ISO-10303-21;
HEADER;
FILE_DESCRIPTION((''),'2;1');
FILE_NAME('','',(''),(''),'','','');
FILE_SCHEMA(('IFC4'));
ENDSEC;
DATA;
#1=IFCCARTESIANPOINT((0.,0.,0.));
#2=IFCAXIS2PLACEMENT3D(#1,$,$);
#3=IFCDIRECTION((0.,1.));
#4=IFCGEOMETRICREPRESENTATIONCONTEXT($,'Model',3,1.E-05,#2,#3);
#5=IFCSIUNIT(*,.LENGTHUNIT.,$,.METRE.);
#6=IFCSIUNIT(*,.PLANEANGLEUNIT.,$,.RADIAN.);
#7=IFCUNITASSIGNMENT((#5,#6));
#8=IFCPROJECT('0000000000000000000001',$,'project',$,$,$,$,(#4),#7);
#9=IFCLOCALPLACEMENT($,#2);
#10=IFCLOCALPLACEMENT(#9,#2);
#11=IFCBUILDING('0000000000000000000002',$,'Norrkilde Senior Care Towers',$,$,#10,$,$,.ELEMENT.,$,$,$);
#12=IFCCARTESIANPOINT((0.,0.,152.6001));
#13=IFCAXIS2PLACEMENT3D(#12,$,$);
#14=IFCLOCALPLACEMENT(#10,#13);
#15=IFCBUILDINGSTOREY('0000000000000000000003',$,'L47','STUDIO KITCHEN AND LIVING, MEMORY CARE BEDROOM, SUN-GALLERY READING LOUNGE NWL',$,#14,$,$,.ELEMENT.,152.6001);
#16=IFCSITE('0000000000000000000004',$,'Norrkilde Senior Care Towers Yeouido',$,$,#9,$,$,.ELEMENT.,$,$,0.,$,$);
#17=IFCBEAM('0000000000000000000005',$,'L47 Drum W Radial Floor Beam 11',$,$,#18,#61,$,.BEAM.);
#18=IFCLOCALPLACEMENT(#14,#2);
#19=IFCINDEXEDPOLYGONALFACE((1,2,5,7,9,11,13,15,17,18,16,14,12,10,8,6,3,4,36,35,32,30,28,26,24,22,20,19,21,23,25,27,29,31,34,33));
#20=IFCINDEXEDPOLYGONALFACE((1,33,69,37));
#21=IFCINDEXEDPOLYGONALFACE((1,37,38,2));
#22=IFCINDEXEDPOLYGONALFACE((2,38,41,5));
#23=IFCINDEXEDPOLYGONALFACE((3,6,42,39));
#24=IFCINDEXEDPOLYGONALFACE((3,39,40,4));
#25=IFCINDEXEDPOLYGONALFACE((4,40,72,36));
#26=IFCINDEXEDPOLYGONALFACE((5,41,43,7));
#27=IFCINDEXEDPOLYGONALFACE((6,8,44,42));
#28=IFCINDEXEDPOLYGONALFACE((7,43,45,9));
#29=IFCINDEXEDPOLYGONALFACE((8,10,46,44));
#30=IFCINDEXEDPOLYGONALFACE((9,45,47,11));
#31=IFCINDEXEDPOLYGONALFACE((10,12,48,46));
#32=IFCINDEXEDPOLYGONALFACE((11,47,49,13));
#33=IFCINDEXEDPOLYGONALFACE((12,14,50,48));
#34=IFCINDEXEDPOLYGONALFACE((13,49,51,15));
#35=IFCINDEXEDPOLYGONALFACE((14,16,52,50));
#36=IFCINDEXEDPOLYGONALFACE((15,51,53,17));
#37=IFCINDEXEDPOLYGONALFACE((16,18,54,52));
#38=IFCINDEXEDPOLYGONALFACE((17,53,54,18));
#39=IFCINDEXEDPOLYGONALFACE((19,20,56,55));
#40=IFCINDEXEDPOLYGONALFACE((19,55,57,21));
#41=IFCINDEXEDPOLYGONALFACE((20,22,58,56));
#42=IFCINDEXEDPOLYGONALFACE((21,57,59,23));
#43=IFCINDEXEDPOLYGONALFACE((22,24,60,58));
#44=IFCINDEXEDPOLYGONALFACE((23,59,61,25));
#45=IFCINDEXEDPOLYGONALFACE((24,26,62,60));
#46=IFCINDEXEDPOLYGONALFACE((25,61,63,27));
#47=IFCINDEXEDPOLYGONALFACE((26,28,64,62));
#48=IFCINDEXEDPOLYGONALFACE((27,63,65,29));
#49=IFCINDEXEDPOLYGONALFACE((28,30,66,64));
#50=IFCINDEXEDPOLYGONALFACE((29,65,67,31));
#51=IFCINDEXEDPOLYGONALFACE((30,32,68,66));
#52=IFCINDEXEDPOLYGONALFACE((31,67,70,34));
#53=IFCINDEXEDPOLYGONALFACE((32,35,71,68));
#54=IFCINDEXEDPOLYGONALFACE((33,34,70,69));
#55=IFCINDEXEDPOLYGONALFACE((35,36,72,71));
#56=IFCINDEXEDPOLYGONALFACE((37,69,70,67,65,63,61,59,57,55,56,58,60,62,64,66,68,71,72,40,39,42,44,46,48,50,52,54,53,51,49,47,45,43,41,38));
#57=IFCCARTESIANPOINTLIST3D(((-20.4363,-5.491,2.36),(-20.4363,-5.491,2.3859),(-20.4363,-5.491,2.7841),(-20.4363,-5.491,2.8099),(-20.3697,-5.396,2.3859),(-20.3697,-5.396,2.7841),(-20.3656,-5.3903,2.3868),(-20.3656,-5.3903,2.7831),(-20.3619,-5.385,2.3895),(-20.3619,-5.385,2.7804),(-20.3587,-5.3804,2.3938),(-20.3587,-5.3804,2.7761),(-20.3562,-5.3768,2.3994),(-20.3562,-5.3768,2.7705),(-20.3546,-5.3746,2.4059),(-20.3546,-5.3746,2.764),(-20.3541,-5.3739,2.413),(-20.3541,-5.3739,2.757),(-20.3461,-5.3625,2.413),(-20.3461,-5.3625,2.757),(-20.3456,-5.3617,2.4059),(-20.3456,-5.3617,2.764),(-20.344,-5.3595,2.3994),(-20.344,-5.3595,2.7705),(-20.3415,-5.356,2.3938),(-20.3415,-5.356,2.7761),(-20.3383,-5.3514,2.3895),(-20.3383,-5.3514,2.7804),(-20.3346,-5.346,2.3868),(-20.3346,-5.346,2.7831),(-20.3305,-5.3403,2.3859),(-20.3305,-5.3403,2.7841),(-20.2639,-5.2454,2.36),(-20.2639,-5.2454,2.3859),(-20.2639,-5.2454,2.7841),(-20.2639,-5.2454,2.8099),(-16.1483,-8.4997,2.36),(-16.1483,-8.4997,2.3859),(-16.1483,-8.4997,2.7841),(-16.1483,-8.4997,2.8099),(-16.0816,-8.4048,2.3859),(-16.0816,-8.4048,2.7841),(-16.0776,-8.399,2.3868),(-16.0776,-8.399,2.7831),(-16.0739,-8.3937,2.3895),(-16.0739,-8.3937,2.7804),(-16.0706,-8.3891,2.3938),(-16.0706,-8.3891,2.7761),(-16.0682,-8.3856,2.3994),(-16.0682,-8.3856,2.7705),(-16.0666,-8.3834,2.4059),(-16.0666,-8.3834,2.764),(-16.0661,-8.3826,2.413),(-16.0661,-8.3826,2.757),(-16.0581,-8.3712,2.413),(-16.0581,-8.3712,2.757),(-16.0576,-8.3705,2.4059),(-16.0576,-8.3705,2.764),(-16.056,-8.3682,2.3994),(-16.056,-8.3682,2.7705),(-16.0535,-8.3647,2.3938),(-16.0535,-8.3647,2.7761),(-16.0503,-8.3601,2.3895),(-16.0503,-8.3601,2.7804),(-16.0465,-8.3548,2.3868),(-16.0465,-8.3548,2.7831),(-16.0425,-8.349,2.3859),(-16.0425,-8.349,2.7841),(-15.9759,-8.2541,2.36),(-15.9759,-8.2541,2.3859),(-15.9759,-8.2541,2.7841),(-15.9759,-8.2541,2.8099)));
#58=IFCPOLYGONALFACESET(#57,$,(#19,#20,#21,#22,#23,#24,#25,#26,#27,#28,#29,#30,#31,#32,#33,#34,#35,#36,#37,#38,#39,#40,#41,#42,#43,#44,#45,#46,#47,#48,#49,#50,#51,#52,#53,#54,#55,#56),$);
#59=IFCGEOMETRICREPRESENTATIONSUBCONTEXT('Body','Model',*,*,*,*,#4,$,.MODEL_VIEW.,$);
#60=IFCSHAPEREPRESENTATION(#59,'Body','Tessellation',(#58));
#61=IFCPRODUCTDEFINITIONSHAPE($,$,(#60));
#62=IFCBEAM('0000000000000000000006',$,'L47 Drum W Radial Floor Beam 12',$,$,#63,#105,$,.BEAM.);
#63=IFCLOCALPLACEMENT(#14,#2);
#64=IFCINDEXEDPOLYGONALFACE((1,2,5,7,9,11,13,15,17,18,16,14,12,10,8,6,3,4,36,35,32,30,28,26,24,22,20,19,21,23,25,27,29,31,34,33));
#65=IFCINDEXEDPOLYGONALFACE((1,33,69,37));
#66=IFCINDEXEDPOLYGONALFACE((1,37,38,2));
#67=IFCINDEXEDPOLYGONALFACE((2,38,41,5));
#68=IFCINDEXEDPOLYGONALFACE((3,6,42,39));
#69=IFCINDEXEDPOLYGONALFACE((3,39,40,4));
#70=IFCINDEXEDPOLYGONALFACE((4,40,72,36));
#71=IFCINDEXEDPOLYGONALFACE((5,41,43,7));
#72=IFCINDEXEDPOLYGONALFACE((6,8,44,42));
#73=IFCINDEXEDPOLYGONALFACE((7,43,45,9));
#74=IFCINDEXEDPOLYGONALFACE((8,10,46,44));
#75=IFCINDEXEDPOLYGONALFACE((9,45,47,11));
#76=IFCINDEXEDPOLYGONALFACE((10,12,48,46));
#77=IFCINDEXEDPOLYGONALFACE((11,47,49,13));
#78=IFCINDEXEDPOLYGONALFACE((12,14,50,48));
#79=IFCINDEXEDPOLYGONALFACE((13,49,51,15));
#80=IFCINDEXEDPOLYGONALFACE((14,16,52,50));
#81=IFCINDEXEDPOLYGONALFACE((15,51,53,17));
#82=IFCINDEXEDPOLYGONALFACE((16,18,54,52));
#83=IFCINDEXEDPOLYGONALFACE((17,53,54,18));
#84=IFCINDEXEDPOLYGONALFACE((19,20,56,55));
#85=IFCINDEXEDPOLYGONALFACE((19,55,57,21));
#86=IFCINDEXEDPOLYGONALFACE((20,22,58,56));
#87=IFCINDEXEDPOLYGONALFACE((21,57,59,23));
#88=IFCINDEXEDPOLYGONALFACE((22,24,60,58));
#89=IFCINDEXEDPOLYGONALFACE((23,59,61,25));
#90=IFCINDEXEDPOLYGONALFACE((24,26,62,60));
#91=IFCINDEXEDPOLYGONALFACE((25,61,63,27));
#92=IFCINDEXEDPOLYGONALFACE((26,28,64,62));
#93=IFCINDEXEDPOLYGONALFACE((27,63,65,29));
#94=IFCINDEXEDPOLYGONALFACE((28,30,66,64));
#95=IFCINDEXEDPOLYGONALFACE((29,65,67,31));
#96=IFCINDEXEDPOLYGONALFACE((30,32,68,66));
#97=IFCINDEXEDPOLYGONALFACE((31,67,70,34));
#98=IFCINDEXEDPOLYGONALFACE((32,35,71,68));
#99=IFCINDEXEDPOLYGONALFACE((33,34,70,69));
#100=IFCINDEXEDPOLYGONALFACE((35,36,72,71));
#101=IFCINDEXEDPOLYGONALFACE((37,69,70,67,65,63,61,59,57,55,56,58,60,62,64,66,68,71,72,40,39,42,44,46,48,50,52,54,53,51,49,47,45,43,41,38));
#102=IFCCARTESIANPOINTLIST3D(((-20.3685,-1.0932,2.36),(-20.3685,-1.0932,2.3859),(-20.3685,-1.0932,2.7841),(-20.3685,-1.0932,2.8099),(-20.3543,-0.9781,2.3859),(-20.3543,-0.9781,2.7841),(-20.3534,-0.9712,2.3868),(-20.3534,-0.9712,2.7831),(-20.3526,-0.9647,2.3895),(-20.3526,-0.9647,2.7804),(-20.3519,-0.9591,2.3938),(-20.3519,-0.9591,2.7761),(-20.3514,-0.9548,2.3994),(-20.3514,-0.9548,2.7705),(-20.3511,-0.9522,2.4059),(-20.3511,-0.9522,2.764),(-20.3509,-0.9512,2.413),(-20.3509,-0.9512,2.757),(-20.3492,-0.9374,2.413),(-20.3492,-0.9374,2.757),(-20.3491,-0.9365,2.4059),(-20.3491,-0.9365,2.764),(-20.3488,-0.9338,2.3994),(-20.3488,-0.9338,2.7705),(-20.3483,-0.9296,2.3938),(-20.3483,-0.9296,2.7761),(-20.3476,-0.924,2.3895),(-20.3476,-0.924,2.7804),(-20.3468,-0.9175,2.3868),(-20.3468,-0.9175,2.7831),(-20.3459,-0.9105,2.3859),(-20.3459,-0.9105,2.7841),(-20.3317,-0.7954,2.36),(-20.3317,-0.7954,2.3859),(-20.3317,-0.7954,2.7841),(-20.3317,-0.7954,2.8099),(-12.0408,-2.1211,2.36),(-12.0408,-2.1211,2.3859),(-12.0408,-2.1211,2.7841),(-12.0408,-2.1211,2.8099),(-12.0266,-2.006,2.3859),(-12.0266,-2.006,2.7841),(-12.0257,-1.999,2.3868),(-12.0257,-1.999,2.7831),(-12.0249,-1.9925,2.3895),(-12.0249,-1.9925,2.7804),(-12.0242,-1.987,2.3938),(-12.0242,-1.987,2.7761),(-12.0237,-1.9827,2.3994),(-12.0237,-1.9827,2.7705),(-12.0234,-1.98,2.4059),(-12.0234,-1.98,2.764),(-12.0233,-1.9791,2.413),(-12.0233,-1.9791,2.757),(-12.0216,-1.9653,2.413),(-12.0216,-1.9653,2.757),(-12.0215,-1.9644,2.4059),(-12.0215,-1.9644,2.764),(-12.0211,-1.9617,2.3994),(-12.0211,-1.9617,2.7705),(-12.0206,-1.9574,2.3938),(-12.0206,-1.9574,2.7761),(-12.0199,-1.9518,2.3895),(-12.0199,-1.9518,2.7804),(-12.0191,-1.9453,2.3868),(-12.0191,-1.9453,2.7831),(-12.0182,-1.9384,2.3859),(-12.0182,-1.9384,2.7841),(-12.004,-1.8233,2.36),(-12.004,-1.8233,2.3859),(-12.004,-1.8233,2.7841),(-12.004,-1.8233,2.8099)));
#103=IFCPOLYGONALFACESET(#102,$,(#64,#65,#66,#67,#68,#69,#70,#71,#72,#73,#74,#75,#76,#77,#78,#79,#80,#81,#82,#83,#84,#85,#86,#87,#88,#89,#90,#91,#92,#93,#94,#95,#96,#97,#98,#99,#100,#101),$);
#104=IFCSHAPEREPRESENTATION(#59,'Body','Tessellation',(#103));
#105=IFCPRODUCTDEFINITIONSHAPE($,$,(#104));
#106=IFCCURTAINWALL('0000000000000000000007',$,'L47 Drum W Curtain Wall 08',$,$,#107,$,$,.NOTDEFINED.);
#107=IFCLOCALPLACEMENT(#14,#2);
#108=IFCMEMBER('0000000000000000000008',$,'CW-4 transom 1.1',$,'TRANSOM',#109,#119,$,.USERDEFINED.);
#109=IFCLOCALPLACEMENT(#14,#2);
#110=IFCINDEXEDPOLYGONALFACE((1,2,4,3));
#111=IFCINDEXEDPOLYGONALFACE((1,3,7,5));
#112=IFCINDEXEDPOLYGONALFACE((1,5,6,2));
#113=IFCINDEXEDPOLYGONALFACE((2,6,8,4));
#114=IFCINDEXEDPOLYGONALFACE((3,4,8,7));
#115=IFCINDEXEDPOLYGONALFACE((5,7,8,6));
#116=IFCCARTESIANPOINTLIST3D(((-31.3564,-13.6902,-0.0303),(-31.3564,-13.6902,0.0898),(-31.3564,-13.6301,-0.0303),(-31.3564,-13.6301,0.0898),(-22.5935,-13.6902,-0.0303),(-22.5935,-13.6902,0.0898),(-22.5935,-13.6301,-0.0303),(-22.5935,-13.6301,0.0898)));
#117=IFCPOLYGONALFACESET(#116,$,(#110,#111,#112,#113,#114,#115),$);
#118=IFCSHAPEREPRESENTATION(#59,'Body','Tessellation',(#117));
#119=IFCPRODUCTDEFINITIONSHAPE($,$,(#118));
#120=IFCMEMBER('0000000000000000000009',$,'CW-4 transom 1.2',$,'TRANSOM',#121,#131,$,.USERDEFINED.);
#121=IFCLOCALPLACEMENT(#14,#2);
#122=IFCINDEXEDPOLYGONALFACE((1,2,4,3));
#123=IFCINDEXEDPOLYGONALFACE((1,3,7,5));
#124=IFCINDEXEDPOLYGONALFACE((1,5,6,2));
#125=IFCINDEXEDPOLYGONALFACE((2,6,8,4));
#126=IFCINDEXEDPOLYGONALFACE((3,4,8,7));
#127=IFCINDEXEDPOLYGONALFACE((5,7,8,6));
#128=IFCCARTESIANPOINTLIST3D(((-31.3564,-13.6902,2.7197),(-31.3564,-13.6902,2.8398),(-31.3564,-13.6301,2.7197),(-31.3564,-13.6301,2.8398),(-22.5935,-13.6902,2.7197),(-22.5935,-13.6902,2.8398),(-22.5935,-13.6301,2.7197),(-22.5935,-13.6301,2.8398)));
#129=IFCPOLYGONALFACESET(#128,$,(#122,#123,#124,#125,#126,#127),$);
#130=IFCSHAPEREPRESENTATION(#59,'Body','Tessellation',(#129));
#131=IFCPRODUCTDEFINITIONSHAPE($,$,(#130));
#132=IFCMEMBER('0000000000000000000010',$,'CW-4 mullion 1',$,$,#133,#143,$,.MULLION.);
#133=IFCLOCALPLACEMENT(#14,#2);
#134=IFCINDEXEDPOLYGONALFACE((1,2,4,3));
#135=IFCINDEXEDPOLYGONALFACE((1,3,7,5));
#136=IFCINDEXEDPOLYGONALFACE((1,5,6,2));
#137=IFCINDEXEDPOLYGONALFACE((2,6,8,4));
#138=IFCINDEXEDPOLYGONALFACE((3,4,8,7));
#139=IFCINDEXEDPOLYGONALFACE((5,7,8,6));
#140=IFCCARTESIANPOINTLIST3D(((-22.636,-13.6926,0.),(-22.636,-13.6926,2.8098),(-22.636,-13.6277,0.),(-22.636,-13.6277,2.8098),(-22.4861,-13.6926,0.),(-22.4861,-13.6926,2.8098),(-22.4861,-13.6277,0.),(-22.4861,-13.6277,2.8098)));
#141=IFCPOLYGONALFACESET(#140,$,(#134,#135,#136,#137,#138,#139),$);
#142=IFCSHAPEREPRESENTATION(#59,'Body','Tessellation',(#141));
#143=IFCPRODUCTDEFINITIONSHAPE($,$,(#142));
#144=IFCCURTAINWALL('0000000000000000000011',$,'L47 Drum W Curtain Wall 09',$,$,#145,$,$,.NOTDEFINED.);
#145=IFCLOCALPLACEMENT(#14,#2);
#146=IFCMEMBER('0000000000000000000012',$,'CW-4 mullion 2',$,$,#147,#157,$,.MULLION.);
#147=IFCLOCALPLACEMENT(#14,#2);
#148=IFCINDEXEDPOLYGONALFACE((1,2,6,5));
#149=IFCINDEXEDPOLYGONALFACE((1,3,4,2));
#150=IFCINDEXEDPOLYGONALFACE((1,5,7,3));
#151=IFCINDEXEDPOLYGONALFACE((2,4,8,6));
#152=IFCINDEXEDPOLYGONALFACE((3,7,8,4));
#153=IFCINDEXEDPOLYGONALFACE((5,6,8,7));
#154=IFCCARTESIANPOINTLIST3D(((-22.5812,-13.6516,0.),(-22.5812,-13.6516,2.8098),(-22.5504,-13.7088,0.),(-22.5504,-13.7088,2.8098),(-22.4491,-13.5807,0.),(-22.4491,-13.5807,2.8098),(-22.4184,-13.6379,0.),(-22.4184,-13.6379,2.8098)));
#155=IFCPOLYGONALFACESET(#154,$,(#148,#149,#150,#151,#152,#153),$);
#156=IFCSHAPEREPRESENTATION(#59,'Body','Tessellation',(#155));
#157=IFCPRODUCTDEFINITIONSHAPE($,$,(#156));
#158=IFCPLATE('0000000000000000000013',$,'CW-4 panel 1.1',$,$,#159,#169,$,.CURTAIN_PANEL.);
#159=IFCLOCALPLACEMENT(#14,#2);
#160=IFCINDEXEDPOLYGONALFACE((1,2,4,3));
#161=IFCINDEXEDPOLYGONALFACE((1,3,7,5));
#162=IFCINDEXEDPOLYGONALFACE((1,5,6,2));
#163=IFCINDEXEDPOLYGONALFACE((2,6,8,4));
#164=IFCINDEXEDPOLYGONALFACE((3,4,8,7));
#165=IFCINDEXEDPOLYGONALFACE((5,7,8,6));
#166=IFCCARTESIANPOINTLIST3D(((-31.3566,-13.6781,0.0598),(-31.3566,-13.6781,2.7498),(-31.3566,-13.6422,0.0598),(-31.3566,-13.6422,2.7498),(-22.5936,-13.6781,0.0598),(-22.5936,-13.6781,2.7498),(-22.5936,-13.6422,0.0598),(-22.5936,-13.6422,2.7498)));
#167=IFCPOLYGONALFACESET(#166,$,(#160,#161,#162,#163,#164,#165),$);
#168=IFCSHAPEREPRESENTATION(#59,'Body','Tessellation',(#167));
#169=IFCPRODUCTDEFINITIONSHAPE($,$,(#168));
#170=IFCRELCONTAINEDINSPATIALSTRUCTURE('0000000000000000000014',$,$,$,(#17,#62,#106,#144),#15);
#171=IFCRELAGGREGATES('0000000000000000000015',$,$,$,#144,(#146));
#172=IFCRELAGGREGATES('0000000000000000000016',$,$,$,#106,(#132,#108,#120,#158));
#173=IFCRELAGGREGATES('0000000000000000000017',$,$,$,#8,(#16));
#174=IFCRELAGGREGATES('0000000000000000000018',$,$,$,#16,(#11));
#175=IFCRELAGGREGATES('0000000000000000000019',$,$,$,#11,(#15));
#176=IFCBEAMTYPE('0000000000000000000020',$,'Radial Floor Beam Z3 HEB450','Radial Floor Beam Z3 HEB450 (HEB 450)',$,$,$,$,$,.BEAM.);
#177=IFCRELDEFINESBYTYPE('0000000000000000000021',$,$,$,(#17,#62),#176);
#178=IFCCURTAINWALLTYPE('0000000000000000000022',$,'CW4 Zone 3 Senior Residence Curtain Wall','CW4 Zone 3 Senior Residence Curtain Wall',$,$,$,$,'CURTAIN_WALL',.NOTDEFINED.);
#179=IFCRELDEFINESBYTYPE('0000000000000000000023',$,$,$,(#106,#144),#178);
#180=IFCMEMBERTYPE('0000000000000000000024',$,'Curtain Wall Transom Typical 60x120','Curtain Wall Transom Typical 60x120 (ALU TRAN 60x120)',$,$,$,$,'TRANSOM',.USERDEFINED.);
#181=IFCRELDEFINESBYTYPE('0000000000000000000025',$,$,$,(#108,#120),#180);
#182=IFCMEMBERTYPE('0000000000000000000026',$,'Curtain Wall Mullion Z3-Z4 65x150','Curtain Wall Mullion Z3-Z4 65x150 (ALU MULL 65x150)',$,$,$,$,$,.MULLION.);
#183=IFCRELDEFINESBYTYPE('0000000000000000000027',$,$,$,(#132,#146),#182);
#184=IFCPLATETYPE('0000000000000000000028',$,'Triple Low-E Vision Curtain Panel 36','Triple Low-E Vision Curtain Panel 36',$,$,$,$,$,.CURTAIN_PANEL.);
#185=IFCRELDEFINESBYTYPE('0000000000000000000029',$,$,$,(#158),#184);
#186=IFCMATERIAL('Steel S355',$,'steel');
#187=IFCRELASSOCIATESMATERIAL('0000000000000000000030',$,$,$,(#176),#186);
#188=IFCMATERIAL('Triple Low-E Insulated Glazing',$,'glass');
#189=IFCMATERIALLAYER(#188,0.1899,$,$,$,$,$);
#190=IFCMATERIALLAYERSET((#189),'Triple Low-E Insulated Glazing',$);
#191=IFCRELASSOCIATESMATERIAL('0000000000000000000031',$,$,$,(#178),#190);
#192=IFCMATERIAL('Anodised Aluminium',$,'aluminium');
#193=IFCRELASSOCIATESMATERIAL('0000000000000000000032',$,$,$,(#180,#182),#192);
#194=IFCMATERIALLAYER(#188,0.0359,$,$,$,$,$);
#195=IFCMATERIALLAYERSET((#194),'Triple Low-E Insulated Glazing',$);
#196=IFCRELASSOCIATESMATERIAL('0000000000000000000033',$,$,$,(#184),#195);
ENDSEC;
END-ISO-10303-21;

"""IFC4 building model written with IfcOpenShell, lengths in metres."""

from ifc_helpers import new_model, si_unit, direction, frame, origin, origin_2d, place, context, subcontext, project, spatial, rectangle, i_section, extrude, source, transform, mapped, material, layer, layer_set, material_profile, profile_set, type_object, type_shapes, element, aggregate, save


model = new_model("IFC4")

# Units and contexts
model_context = context("Model", 3, precision=1e-05, world=origin(), true_north=direction((0.0, 1.0)))
body_context = subcontext(model_context, "Body", "Model", "MODEL_VIEW")
ifc_project = project(units=[si_unit("LENGTHUNIT", "METRE"), si_unit("PLANEANGLEUNIT", "RADIAN")], contexts=[model_context])

# Site, building, storey
site_placement = place(None, origin())
site = spatial("IfcSite", under=ifc_project, at=site_placement, Name="Norrkilde Senior Care Towers Yeouido", CompositionType="ELEMENT", RefElevation=0.0)
building_placement = place(site_placement, origin())
building = spatial("IfcBuilding", under=site, at=building_placement, Name="Norrkilde Senior Care Towers", CompositionType="ELEMENT")
storey_placement = place(building_placement, frame((0.0, 0.0, 152.6001)))
storey = spatial("IfcBuildingStorey", under=building, at=storey_placement, Name="L47", Description="STUDIO KITCHEN AND LIVING, MEMORY CARE BEDROOM, SUN-GALLERY READING LOUNGE NWL", CompositionType="ELEMENT", Elevation=152.6001)

# Beams
ifc_material_1 = material(Name="Steel S355", Category="steel")
ifc_material_profile_1 = material_profile(ifc_material_1, i_section(OverallWidth=0.3, OverallDepth=0.45, WebThickness=0.0139, FlangeThickness=0.0259, FilletRadius=0.0271, at=origin_2d()), Name="HEB 450")
ifc_profile_set_1 = profile_set([ifc_material_profile_1], Name="Steel S355")
beam_type_1 = type_object("IfcBeamType", Name="Radial Floor Beam Z3 HEB450", Description="Radial Floor Beam Z3 HEB450 (HEB 450)", PredefinedType="BEAM", material=ifc_profile_set_1)
shared_shape_1 = source(origin(), body_context, "Body", "SweptSolid", [
    extrude(i_section(OverallWidth=0.3, OverallDepth=0.45, WebThickness=0.0139, FlangeThickness=0.0259, FilletRadius=0.0271, at=origin_2d()), origin(), (0.0, 0.0, 1.0), 5.2383),
])
beam_1_placement = place(storey_placement, frame((-20.3501, -5.3682, 2.585), z_axis=(0.818592, -0.574375, 0.0), x_axis=(0.574375, 0.818592, 0.0)))
element("IfcBeam", 1, at=beam_1_placement, inside=storey, type_object=beam_type_1, Name="L47 Drum W Radial Floor Beam 11", PredefinedType="BEAM", context=body_context, shape_type="MappedRepresentation", body=[
    mapped(shared_shape_1, transform((0.0, 0.0, 0.0), x_axis=(1.0, 0.0, 0.0), y_axis=(0.0, 1.0, 0.0), z_axis=(0.0, 0.0, 1.0), scale=1.0)),
])
shared_shape_2 = source(origin(), body_context, "Body", "SweptSolid", [
    extrude(i_section(OverallWidth=0.3, OverallDepth=0.45, WebThickness=0.0139, FlangeThickness=0.0259, FilletRadius=0.0271, at=origin_2d()), origin(), (0.0, 0.0, 1.0), 8.3909),
])
beam_2_placement = place(storey_placement, frame((-20.3501, -0.9443, 2.585), z_axis=(0.992469, -0.122495, 0.0), x_axis=(0.122495, 0.992469, 0.0)))
element("IfcBeam", 2, at=beam_2_placement, inside=storey, type_object=beam_type_1, Name="L47 Drum W Radial Floor Beam 12", PredefinedType="BEAM", context=body_context, shape_type="MappedRepresentation", body=[
    mapped(shared_shape_2, transform((0.0, 0.0, 0.0), x_axis=(1.0, 0.0, 0.0), y_axis=(0.0, 1.0, 0.0), z_axis=(0.0, 0.0, 1.0), scale=1.0)),
])

# Curtain wall, members
ifc_material_2 = material(Name="Triple Low-E Insulated Glazing", Category="glass")
ifc_layer_1 = layer(ifc_material_2, 0.1899)
ifc_layer_set_1 = layer_set([ifc_layer_1], Name="Triple Low-E Insulated Glazing")
curtain_wall_type = type_object("IfcCurtainWallType", Name="CW4 Zone 3 Senior Residence Curtain Wall", Description="CW4 Zone 3 Senior Residence Curtain Wall", ElementType="CURTAIN_WALL", PredefinedType="NOTDEFINED", material=ifc_layer_set_1)
curtain_wall_1_placement = place(storey_placement, origin())
curtain_wall_1 = element("IfcCurtainWall", 3, at=curtain_wall_1_placement, inside=storey, type_object=curtain_wall_type, Name="L47 Drum W Curtain Wall 08", PredefinedType="NOTDEFINED")
ifc_material_3 = material(Name="Anodised Aluminium", Category="aluminium")
ifc_material_profile_2 = material_profile(ifc_material_3, rectangle(XDim=0.0601, YDim=0.1201, at=origin_2d()), Name="ALU TRAN 60x120")
ifc_profile_set_2 = profile_set([ifc_material_profile_2], Name="Anodised Aluminium")
member_type_1 = type_object("IfcMemberType", Name="Curtain Wall Transom Typical 60x120", Description="Curtain Wall Transom Typical 60x120 (ALU TRAN 60x120)", ElementType="TRANSOM", PredefinedType="USERDEFINED", material=ifc_profile_set_2)
shared_shape_3 = source(origin(), body_context, "Body", "SweptSolid", [
    extrude(rectangle(XDim=0.0601, YDim=0.1201, at=origin_2d()), origin(), (0.0, 0.0, 1.0), 8.7629),
])
type_shapes(member_type_1, [shared_shape_3])
member_1_placement = place(storey_placement, frame((-22.5935, -13.6602, 0.0298), z_axis=(-1.0, 0.0, 0.0), x_axis=(0.0, -1.0, 0.0)))
member_1 = element("IfcMember", 4, at=member_1_placement, type_object=member_type_1, Name="CW-4 transom 1.1", ObjectType="TRANSOM", PredefinedType="USERDEFINED", context=body_context, shape_type="MappedRepresentation", body=[
    mapped(shared_shape_3, transform((0.0, 0.0, 0.0), x_axis=(1.0, 0.0, 0.0), y_axis=(0.0, 1.0, 0.0), z_axis=(0.0, 0.0, 1.0), scale=1.0)),
])
member_2_placement = place(storey_placement, frame((-22.5935, -13.6602, 2.7798), z_axis=(-1.0, 0.0, 0.0), x_axis=(0.0, -1.0, 0.0)))
member_2 = element("IfcMember", 5, at=member_2_placement, type_object=member_type_1, Name="CW-4 transom 1.2", ObjectType="TRANSOM", PredefinedType="USERDEFINED", context=body_context, shape_type="MappedRepresentation", body=[
    mapped(shared_shape_3, transform((0.0, 0.0, 0.0), x_axis=(1.0, 0.0, 0.0), y_axis=(0.0, 1.0, 0.0), z_axis=(0.0, 0.0, 1.0), scale=1.0)),
])
ifc_material_profile_3 = material_profile(ifc_material_3, rectangle(XDim=0.0649, YDim=0.1499, at=origin_2d()), Name="ALU MULL 65x150")
ifc_profile_set_3 = profile_set([ifc_material_profile_3], Name="Anodised Aluminium")
member_type_2 = type_object("IfcMemberType", Name="Curtain Wall Mullion Z3-Z4 65x150", Description="Curtain Wall Mullion Z3-Z4 65x150 (ALU MULL 65x150)", PredefinedType="MULLION", material=ifc_profile_set_3)
shared_shape_4 = source(origin(), body_context, "Body", "SweptSolid", [
    extrude(rectangle(XDim=0.0649, YDim=0.1499, at=origin_2d()), origin(), (0.0, 0.0, 1.0), 2.8098),
])
type_shapes(member_type_2, [shared_shape_4])
member_3_placement = place(storey_placement, frame((-22.561, -13.6602, 0.0), z_axis=(0.0, 0.0, 1.0), x_axis=(0.0, -1.0, 0.0)))
member_3 = element("IfcMember", 6, at=member_3_placement, type_object=member_type_2, Name="CW-4 mullion 1", PredefinedType="MULLION", context=body_context, shape_type="MappedRepresentation", body=[
    mapped(shared_shape_4, transform((0.0, 0.0, 0.0), x_axis=(1.0, 0.0, 0.0), y_axis=(0.0, 1.0, 0.0), z_axis=(0.0, 0.0, 1.0), scale=1.0)),
])

# Curtain wall, member
curtain_wall_2_placement = place(storey_placement, origin())
curtain_wall_2 = element("IfcCurtainWall", 7, at=curtain_wall_2_placement, inside=storey, type_object=curtain_wall_type, Name="L47 Drum W Curtain Wall 09", PredefinedType="NOTDEFINED")
member_4_placement = place(storey_placement, frame((-22.4998, -13.6448, 0.0), z_axis=(0.0, 0.0, 1.0), x_axis=(0.473117, -0.881, 0.0)))
member_4 = element("IfcMember", 8, at=member_4_placement, type_object=member_type_2, Name="CW-4 mullion 2", PredefinedType="MULLION", context=body_context, shape_type="MappedRepresentation", body=[
    mapped(shared_shape_4, transform((0.0, 0.0, 0.0), x_axis=(1.0, 0.0, 0.0), y_axis=(0.0, 1.0, 0.0), z_axis=(0.0, 0.0, 1.0), scale=1.0)),
])
aggregate(curtain_wall_2, [member_4])

# Plate
ifc_layer_2 = layer(ifc_material_2, 0.0359)
ifc_layer_set_2 = layer_set([ifc_layer_2], Name="Triple Low-E Insulated Glazing")
plate_type = type_object("IfcPlateType", Name="Triple Low-E Vision Curtain Panel 36", Description="Triple Low-E Vision Curtain Panel 36", PredefinedType="CURTAIN_PANEL", material=ifc_layer_set_2)
shared_shape_5 = source(origin(), body_context, "Body", "SweptSolid", [
    extrude(rectangle(XDim=8.7629, YDim=0.0359, at=origin_2d()), origin(), (0.0, 0.0, 1.0), 2.6899),
])
type_shapes(plate_type, [shared_shape_5])
plate_placement = place(storey_placement, frame((-26.9751, -13.6602, 0.0598), z_axis=(0.0, 0.0, 1.0), x_axis=(-1.0, 0.0, 0.0)))
plate = element("IfcPlate", 9, at=plate_placement, type_object=plate_type, Name="CW-4 panel 1.1", PredefinedType="CURTAIN_PANEL", context=body_context, shape_type="MappedRepresentation", body=[
    mapped(shared_shape_5, transform((0.0, 0.0, 0.0), x_axis=(1.0, 0.0, 0.0), y_axis=(0.0, 1.0, 0.0), z_axis=(0.0, 0.0, 1.0), scale=1.0)),
])
aggregate(curtain_wall_1, [member_3, member_1, member_2, plate])

save(model, "model.ifc")
